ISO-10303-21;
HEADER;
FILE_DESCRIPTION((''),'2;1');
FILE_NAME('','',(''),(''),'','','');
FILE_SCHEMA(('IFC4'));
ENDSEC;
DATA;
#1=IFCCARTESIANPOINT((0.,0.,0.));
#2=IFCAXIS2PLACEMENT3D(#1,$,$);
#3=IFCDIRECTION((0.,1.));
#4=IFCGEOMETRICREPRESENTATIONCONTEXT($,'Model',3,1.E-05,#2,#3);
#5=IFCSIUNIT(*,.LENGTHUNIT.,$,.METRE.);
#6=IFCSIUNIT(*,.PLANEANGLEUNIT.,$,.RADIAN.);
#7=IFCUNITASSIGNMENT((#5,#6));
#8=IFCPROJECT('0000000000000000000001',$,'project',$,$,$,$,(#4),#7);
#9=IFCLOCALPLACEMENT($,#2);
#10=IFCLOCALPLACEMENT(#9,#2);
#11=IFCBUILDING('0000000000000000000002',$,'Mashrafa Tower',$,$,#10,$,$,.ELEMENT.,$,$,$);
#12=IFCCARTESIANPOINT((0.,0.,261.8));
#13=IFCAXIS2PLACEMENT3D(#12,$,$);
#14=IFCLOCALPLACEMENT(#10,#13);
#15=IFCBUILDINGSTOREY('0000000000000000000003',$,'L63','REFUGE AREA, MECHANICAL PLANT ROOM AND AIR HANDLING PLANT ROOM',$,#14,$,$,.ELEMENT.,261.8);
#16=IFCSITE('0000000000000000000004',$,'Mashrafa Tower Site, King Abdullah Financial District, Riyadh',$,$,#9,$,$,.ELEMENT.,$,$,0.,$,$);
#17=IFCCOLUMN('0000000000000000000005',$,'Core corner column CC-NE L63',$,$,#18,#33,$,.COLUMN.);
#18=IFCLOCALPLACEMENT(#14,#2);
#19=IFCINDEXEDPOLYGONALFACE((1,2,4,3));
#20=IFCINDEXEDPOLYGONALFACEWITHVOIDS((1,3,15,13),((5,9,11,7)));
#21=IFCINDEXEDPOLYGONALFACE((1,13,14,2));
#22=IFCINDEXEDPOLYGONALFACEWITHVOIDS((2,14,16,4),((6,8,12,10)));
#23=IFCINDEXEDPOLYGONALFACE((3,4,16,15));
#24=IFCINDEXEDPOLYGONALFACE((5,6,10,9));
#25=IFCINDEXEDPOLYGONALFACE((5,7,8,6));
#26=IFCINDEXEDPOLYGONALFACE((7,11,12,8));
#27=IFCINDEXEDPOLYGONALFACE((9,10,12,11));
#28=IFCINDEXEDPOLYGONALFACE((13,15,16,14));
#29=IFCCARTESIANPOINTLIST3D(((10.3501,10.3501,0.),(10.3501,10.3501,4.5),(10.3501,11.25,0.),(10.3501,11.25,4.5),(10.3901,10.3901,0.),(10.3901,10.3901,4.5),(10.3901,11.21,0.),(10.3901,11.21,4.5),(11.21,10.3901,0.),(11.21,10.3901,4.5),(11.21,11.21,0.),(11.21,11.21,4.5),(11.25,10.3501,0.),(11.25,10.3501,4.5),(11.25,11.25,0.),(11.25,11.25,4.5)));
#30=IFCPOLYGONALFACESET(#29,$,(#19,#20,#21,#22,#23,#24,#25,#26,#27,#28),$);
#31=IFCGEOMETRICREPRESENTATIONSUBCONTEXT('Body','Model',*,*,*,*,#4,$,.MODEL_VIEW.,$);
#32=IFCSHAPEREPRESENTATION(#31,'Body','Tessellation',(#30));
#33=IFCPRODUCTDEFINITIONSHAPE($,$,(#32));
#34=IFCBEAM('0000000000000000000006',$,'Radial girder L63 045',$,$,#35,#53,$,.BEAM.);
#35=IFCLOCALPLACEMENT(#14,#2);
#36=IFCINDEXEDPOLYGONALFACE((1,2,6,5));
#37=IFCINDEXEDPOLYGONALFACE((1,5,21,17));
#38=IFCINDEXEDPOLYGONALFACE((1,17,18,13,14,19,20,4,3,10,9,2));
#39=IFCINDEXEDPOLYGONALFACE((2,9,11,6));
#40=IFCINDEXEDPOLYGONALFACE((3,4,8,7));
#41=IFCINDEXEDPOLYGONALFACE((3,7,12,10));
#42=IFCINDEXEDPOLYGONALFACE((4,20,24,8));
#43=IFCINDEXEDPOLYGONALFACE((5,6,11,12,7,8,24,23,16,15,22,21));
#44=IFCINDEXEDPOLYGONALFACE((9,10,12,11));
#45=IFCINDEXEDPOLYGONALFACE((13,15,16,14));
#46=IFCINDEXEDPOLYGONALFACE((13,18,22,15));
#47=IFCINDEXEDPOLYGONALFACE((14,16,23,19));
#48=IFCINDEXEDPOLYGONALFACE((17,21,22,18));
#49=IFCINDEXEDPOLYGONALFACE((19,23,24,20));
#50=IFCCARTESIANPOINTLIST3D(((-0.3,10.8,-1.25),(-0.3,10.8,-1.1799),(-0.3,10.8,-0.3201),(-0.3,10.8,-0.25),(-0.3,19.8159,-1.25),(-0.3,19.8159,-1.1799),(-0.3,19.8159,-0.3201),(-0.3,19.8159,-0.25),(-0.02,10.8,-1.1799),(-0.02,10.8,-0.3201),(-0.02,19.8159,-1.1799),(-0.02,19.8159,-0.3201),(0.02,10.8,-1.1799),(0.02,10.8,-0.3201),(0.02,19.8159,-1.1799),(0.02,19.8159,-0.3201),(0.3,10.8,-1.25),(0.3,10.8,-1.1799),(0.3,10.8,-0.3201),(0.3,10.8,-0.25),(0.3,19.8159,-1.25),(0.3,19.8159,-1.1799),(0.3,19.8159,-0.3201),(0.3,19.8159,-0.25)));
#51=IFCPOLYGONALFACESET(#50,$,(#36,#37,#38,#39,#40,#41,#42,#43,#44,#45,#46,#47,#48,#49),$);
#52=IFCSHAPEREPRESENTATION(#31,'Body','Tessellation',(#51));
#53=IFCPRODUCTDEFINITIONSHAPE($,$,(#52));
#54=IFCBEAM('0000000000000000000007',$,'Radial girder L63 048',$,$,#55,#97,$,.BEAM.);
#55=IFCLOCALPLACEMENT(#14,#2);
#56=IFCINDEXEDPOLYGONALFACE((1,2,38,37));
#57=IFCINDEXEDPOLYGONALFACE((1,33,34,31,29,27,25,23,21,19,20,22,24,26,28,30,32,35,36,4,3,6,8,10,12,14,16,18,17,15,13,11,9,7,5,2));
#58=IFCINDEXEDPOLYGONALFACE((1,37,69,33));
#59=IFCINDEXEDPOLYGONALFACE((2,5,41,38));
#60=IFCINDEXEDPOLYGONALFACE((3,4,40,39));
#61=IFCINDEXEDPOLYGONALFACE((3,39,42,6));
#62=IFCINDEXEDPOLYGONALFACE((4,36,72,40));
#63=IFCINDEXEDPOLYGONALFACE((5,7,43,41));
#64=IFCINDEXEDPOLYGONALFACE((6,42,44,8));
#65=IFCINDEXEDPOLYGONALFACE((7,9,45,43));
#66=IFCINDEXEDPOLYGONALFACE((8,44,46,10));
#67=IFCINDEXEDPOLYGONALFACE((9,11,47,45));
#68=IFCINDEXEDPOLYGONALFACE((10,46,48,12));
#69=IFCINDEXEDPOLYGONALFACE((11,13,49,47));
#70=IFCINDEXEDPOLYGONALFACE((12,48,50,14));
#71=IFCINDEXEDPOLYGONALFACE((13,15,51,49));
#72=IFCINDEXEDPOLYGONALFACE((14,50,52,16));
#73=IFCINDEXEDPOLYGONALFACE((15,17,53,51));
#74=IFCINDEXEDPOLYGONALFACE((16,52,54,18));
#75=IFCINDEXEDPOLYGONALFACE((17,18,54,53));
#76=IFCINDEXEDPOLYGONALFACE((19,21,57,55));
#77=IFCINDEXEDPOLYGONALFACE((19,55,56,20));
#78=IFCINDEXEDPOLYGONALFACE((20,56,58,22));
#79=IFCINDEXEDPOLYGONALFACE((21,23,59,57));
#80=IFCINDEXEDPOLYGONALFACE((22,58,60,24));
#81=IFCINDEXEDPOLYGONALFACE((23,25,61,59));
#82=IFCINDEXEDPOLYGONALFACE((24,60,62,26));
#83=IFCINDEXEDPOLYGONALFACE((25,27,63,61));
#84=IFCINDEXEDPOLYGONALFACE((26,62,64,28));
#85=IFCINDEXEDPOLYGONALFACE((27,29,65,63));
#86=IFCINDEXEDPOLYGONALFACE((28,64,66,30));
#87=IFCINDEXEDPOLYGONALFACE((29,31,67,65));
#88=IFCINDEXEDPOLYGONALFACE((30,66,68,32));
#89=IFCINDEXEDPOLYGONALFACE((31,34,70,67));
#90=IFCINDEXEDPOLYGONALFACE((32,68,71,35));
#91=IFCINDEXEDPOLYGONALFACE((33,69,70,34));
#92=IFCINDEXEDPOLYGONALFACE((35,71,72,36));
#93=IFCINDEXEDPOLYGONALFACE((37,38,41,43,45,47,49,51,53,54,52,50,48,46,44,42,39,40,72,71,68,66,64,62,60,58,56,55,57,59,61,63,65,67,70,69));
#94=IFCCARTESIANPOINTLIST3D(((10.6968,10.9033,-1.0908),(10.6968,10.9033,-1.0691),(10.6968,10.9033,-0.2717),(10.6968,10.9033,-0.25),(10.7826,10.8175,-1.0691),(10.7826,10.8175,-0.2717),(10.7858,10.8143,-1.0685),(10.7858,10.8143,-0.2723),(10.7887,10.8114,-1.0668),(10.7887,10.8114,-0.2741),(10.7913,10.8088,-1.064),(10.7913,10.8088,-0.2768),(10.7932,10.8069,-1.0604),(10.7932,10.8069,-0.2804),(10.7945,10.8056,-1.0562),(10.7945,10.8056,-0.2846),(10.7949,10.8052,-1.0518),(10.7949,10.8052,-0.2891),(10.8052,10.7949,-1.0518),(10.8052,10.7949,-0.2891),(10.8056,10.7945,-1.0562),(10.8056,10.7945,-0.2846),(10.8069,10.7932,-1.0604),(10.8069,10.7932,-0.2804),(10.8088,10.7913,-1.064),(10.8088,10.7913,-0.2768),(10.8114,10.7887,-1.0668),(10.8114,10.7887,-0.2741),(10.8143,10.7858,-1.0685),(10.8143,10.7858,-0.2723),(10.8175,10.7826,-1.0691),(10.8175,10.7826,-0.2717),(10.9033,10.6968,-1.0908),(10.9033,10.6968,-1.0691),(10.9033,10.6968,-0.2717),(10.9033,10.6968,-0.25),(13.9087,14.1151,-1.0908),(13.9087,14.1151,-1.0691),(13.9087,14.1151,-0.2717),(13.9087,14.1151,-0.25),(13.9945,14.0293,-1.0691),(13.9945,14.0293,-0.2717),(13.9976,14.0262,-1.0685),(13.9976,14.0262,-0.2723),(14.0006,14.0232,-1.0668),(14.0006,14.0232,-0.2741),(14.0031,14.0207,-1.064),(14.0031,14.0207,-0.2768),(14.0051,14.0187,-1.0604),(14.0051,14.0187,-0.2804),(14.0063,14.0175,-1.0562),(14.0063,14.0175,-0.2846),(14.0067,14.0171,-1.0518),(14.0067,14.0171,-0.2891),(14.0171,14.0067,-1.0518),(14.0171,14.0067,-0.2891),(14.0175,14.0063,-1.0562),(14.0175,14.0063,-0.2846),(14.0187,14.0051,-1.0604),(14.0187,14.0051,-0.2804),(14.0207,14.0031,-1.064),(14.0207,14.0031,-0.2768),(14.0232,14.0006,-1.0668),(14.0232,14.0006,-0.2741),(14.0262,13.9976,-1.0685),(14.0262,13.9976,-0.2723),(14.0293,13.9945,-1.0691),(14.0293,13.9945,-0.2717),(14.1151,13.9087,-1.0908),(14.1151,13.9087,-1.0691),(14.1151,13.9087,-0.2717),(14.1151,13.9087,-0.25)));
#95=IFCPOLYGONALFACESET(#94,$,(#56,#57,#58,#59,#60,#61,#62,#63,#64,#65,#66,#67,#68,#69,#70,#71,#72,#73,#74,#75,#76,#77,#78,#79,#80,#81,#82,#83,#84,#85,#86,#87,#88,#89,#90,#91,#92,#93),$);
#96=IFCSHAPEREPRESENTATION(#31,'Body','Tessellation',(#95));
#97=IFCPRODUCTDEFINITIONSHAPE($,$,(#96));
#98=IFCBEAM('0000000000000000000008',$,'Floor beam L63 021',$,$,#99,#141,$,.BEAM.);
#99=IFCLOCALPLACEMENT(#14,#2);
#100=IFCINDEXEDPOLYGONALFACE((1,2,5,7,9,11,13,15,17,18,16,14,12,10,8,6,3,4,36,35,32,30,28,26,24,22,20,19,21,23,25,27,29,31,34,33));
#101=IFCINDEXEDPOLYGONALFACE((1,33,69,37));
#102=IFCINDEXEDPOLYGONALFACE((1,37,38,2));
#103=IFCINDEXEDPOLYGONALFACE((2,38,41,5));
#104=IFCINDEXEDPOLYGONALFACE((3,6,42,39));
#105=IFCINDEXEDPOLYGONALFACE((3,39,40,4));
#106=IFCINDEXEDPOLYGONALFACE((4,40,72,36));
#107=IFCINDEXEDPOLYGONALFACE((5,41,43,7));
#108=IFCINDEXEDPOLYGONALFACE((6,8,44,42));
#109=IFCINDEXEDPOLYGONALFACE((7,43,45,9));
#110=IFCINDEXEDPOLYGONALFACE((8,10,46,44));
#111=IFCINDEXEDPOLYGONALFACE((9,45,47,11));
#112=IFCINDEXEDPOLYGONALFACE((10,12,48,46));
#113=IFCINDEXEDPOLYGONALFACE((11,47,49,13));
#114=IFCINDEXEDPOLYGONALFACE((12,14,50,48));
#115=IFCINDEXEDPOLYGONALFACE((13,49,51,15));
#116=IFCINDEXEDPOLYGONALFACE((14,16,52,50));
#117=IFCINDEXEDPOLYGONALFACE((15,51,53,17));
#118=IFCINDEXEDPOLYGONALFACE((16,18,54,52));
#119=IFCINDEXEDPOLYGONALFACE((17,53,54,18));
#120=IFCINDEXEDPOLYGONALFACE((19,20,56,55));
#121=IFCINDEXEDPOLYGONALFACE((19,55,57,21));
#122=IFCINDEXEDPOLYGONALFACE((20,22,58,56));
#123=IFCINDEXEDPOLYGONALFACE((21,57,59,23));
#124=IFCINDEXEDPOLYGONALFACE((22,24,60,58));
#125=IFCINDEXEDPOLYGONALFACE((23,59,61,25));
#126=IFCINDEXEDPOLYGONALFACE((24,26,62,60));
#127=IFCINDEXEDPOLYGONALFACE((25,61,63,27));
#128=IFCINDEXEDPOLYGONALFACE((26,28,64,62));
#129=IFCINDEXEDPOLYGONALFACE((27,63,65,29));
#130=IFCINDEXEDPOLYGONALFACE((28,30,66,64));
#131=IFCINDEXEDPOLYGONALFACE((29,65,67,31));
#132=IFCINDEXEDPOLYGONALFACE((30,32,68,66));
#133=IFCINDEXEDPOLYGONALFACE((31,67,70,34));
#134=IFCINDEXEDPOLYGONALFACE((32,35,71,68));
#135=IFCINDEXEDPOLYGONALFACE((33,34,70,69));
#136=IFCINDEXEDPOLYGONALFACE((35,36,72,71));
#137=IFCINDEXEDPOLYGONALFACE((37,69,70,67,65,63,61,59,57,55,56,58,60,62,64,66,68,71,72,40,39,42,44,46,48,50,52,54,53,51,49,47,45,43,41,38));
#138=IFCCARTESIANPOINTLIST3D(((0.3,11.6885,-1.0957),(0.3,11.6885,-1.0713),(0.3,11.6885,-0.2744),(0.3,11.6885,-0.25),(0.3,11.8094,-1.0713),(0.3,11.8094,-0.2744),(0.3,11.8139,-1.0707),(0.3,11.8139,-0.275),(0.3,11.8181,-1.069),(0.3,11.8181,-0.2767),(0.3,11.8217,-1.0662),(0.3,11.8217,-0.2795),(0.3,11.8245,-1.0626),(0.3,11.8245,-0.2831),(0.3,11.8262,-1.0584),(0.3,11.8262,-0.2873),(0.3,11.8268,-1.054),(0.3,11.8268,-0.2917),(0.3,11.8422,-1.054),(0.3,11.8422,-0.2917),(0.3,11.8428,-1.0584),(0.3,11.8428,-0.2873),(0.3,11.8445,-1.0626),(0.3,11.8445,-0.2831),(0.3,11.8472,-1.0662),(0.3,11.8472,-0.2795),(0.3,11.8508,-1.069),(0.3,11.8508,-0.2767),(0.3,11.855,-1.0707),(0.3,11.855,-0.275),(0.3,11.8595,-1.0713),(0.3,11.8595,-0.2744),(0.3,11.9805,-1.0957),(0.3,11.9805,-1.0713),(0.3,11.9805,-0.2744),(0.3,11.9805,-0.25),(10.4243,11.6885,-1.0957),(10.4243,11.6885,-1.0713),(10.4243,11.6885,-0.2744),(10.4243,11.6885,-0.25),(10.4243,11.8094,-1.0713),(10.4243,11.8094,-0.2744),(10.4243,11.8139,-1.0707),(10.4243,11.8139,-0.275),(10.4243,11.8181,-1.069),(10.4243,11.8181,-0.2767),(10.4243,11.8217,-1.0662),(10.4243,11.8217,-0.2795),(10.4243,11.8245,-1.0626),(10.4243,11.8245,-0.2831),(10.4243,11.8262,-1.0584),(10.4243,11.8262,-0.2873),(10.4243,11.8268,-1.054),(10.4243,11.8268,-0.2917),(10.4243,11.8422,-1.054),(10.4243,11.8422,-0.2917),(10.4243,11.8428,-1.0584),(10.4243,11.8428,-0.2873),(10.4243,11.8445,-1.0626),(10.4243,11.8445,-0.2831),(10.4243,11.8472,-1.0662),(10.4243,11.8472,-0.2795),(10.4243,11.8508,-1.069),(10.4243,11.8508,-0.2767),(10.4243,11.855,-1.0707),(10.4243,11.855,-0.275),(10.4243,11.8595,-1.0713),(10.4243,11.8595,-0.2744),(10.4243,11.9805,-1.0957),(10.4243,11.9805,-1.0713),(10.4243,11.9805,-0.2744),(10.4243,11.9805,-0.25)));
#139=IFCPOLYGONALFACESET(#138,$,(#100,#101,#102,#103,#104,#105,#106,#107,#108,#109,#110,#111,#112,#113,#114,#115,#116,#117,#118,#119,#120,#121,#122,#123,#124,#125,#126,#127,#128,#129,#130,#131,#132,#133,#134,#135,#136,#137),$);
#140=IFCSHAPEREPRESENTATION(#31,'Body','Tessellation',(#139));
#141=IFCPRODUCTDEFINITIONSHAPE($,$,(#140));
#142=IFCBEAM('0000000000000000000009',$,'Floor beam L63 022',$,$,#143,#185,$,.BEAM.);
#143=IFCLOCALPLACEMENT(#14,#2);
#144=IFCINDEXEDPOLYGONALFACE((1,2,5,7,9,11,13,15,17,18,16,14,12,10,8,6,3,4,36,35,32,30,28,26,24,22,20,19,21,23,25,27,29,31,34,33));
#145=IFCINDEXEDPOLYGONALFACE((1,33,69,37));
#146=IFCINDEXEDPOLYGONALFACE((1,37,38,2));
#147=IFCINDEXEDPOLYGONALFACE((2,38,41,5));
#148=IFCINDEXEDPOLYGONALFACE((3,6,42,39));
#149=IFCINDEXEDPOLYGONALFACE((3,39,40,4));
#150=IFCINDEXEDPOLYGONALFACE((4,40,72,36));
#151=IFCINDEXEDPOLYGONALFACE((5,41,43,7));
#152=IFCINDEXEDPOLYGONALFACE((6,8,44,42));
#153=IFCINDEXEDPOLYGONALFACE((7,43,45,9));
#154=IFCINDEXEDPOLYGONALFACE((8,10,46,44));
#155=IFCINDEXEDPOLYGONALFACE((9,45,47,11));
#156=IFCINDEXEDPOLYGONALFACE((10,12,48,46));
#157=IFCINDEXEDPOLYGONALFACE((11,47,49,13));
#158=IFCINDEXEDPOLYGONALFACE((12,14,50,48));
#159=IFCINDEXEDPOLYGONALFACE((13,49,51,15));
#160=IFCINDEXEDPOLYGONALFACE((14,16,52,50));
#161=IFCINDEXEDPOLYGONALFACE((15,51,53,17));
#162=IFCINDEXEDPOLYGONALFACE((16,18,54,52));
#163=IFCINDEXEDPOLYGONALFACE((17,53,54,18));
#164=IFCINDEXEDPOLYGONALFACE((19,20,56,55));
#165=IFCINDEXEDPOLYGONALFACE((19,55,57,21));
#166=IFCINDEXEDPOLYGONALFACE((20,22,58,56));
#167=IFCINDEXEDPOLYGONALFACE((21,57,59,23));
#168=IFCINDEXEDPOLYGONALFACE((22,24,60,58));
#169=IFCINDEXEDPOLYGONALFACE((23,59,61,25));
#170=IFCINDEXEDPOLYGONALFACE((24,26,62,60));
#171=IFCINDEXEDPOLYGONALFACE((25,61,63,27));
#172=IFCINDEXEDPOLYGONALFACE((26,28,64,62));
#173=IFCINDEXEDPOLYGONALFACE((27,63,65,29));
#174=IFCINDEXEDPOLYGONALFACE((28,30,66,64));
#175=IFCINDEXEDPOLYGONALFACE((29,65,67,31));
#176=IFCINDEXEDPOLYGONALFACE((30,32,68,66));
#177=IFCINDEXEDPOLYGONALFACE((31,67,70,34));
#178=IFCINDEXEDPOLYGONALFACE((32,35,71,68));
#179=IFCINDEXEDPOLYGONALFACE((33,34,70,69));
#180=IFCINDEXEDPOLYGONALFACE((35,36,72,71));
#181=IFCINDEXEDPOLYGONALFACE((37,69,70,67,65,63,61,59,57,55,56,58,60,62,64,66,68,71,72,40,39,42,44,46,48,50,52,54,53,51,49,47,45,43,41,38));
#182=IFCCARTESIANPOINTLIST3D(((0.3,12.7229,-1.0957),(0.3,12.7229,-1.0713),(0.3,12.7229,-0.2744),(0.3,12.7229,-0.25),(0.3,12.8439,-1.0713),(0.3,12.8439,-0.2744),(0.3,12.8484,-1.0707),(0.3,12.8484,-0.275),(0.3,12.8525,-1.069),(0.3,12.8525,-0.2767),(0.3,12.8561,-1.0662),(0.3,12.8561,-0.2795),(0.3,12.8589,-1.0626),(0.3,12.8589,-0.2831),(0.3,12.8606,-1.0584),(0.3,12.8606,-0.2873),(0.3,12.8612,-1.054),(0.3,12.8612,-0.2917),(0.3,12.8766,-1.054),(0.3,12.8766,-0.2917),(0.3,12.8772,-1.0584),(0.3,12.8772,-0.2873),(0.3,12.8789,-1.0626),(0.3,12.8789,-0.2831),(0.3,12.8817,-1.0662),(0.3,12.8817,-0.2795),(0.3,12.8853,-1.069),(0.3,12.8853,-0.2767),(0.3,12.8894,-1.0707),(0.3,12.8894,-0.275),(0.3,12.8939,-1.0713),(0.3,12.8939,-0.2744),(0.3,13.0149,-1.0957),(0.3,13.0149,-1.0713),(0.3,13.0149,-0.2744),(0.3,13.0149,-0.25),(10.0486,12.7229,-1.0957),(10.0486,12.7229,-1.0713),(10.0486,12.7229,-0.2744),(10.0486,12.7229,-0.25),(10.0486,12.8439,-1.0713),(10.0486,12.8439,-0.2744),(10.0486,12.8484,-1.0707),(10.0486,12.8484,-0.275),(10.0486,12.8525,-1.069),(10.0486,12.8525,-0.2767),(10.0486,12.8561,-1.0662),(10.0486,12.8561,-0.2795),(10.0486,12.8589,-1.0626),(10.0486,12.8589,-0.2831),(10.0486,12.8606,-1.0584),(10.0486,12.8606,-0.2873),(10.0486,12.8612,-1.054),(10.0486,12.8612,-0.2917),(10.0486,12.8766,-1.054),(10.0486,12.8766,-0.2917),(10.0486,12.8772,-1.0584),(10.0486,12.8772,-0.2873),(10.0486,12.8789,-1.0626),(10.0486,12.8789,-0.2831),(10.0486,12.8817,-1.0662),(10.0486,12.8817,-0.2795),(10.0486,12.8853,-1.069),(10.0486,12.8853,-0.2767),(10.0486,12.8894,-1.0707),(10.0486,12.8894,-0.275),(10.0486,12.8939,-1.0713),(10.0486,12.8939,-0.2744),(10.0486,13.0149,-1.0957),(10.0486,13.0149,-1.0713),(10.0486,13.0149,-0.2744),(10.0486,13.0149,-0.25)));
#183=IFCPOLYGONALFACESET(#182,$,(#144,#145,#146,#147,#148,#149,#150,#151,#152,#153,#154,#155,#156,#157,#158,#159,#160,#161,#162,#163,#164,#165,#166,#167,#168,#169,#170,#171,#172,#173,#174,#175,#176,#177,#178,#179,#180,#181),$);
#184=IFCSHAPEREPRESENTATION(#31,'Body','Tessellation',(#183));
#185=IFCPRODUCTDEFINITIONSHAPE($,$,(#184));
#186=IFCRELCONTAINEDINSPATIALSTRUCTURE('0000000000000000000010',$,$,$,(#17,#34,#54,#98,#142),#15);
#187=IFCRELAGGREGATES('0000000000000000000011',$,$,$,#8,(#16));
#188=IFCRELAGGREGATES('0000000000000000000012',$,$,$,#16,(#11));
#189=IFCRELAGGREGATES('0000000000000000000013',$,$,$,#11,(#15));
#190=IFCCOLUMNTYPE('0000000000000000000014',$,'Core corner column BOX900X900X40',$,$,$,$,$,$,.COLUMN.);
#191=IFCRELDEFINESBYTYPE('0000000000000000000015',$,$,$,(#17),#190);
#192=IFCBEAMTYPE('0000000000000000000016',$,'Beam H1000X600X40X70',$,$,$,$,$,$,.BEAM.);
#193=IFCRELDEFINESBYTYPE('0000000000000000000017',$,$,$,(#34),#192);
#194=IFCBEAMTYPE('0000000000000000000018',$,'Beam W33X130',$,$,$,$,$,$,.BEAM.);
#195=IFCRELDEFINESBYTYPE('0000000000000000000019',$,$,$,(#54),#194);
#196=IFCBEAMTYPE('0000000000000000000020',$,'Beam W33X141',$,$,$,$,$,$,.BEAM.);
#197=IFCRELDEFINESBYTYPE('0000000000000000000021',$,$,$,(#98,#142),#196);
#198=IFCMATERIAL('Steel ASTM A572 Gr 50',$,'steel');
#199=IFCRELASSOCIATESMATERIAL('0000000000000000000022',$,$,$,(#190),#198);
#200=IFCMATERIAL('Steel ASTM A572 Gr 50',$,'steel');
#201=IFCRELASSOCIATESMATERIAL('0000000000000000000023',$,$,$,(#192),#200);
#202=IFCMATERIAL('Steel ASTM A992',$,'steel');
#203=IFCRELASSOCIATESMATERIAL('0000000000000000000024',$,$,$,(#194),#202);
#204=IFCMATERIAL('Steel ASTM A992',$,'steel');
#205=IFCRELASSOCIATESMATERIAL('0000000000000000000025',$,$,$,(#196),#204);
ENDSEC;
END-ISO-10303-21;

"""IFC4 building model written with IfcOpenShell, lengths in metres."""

from ifc_helpers import new_model, si_unit, direction, frame, origin, origin_2d, place, context, subcontext, project, spatial, hollow_rectangle, i_section, extrude, material, material_profile, profile_set, type_object, element, save


model = new_model("IFC4")

# Units and contexts
model_context = context("Model", 3, precision=1e-05, world=origin(), true_north=direction((0.0, 1.0)))
body_context = subcontext(model_context, "Body", "Model", "MODEL_VIEW")
ifc_project = project(units=[si_unit("LENGTHUNIT", "METRE"), si_unit("PLANEANGLEUNIT", "RADIAN")], contexts=[model_context])

# Site, building, storey
site_placement = place(None, origin())
site = spatial("IfcSite", under=ifc_project, at=site_placement, Name="Mashrafa Tower Site, King Abdullah Financial District, Riyadh", CompositionType="ELEMENT", RefElevation=0.0)
building_placement = place(site_placement, origin())
building = spatial("IfcBuilding", under=site, at=building_placement, Name="Mashrafa Tower", CompositionType="ELEMENT")
storey_placement = place(building_placement, frame((0.0, 0.0, 261.8)))
storey = spatial("IfcBuildingStorey", under=building, at=storey_placement, Name="L63", Description="REFUGE AREA, MECHANICAL PLANT ROOM AND AIR HANDLING PLANT ROOM", CompositionType="ELEMENT", Elevation=261.8)

# Column
ifc_material_1 = material(Name="Steel ASTM A572 Gr 50", Category="steel")
ifc_material_profile_1 = material_profile(ifc_material_1, hollow_rectangle(XDim=0.8999, YDim=0.8999, WallThickness=0.04, at=origin_2d()), Name="BOX900X900X40")
ifc_profile_set_1 = profile_set([ifc_material_profile_1], Name="Steel ASTM A572 Gr 50")
column_type = type_object("IfcColumnType", Name="Core corner column BOX900X900X40", PredefinedType="COLUMN", material=ifc_profile_set_1)
column_placement = place(storey_placement, frame((10.8, 10.8, 0.0), z_axis=(0.0, 0.0, 1.0), x_axis=(1.0, 0.0, 0.0)))
element("IfcColumn", 1, at=column_placement, inside=storey, type_object=column_type, Name="Core corner column CC-NE L63", PredefinedType="COLUMN", context=body_context, shape_type="SweptSolid", body=[
    extrude(hollow_rectangle(XDim=0.8999, YDim=0.8999, WallThickness=0.04, at=origin_2d()), origin(), (0.0, 0.0, 1.0), 4.5),
])

# Beams
ifc_material_2 = material(Name="Steel ASTM A572 Gr 50", Category="steel")
ifc_material_profile_2 = material_profile(ifc_material_2, i_section(OverallWidth=0.6001, OverallDepth=1.0, WebThickness=0.04, FlangeThickness=0.0701, at=origin_2d()), Name="H1000X600X40X70")
ifc_profile_set_2 = profile_set([ifc_material_profile_2], Name="Steel ASTM A572 Gr 50")
beam_type_1 = type_object("IfcBeamType", Name="Beam H1000X600X40X70", PredefinedType="BEAM", material=ifc_profile_set_2)
beam_1_placement = place(storey_placement, frame((0.0, 10.8, -0.75), z_axis=(0.0, 1.0, 0.0), x_axis=(-1.0, 0.0, 0.0)))
element("IfcBeam", 2, at=beam_1_placement, inside=storey, type_object=beam_type_1, Name="Radial girder L63 045", PredefinedType="BEAM", context=body_context, shape_type="SweptSolid", body=[
    extrude(i_section(OverallWidth=0.6001, OverallDepth=1.0, WebThickness=0.04, FlangeThickness=0.0701, at=origin_2d()), origin(), (0.0, 0.0, 1.0), 9.0159),
])
ifc_material_3 = material(Name="Steel ASTM A992", Category="steel")
ifc_material_profile_3 = material_profile(ifc_material_3, i_section(OverallWidth=0.292, OverallDepth=0.8408, WebThickness=0.0146, FlangeThickness=0.0217, FilletRadius=0.0173, at=origin_2d()), Name="W33X130")
ifc_profile_set_3 = profile_set([ifc_material_profile_3], Name="Steel ASTM A992")
beam_type_2 = type_object("IfcBeamType", Name="Beam W33X130", PredefinedType="BEAM", material=ifc_profile_set_3)
beam_2_placement = place(storey_placement, frame((10.8, 10.8, -0.6704), z_axis=(0.707107, 0.707107, 0.0), x_axis=(-0.707107, 0.707107, 0.0)))
element("IfcBeam", 3, at=beam_2_placement, inside=storey, type_object=beam_type_2, Name="Radial girder L63 048", PredefinedType="BEAM", context=body_context, shape_type="SweptSolid", body=[
    extrude(i_section(OverallWidth=0.292, OverallDepth=0.8408, WebThickness=0.0146, FlangeThickness=0.0217, FilletRadius=0.0173, at=origin_2d()), origin(), (0.0, 0.0, 1.0), 4.5422),
])
ifc_material_4 = material(Name="Steel ASTM A992", Category="steel")
ifc_material_profile_4 = material_profile(ifc_material_4, i_section(OverallWidth=0.292, OverallDepth=0.8457, WebThickness=0.0154, FlangeThickness=0.0244, FilletRadius=0.0173, at=origin_2d()), Name="W33X141")
ifc_profile_set_4 = profile_set([ifc_material_profile_4], Name="Steel ASTM A992")
beam_type_3 = type_object("IfcBeamType", Name="Beam W33X141", PredefinedType="BEAM", material=ifc_profile_set_4)
beam_3_placement = place(storey_placement, frame((0.3, 11.8345, -0.6729), z_axis=(1.0, 0.0, 0.0), x_axis=(0.0, 1.0, 0.0)))
element("IfcBeam", 4, at=beam_3_placement, inside=storey, type_object=beam_type_3, Name="Floor beam L63 021", PredefinedType="BEAM", context=body_context, shape_type="SweptSolid", body=[
    extrude(i_section(OverallWidth=0.292, OverallDepth=0.8457, WebThickness=0.0154, FlangeThickness=0.0244, FilletRadius=0.0173, at=origin_2d()), origin(), (0.0, 0.0, 1.0), 10.1243),
])
beam_4_placement = place(storey_placement, frame((0.3, 12.8689, -0.6729), z_axis=(1.0, 0.0, 0.0), x_axis=(0.0, 1.0, 0.0)))
element("IfcBeam", 5, at=beam_4_placement, inside=storey, type_object=beam_type_3, Name="Floor beam L63 022", PredefinedType="BEAM", context=body_context, shape_type="SweptSolid", body=[
    extrude(i_section(OverallWidth=0.292, OverallDepth=0.8457, WebThickness=0.0154, FlangeThickness=0.0244, FilletRadius=0.0173, at=origin_2d()), origin(), (0.0, 0.0, 1.0), 9.7485),
])

save(model, "model.ifc")
